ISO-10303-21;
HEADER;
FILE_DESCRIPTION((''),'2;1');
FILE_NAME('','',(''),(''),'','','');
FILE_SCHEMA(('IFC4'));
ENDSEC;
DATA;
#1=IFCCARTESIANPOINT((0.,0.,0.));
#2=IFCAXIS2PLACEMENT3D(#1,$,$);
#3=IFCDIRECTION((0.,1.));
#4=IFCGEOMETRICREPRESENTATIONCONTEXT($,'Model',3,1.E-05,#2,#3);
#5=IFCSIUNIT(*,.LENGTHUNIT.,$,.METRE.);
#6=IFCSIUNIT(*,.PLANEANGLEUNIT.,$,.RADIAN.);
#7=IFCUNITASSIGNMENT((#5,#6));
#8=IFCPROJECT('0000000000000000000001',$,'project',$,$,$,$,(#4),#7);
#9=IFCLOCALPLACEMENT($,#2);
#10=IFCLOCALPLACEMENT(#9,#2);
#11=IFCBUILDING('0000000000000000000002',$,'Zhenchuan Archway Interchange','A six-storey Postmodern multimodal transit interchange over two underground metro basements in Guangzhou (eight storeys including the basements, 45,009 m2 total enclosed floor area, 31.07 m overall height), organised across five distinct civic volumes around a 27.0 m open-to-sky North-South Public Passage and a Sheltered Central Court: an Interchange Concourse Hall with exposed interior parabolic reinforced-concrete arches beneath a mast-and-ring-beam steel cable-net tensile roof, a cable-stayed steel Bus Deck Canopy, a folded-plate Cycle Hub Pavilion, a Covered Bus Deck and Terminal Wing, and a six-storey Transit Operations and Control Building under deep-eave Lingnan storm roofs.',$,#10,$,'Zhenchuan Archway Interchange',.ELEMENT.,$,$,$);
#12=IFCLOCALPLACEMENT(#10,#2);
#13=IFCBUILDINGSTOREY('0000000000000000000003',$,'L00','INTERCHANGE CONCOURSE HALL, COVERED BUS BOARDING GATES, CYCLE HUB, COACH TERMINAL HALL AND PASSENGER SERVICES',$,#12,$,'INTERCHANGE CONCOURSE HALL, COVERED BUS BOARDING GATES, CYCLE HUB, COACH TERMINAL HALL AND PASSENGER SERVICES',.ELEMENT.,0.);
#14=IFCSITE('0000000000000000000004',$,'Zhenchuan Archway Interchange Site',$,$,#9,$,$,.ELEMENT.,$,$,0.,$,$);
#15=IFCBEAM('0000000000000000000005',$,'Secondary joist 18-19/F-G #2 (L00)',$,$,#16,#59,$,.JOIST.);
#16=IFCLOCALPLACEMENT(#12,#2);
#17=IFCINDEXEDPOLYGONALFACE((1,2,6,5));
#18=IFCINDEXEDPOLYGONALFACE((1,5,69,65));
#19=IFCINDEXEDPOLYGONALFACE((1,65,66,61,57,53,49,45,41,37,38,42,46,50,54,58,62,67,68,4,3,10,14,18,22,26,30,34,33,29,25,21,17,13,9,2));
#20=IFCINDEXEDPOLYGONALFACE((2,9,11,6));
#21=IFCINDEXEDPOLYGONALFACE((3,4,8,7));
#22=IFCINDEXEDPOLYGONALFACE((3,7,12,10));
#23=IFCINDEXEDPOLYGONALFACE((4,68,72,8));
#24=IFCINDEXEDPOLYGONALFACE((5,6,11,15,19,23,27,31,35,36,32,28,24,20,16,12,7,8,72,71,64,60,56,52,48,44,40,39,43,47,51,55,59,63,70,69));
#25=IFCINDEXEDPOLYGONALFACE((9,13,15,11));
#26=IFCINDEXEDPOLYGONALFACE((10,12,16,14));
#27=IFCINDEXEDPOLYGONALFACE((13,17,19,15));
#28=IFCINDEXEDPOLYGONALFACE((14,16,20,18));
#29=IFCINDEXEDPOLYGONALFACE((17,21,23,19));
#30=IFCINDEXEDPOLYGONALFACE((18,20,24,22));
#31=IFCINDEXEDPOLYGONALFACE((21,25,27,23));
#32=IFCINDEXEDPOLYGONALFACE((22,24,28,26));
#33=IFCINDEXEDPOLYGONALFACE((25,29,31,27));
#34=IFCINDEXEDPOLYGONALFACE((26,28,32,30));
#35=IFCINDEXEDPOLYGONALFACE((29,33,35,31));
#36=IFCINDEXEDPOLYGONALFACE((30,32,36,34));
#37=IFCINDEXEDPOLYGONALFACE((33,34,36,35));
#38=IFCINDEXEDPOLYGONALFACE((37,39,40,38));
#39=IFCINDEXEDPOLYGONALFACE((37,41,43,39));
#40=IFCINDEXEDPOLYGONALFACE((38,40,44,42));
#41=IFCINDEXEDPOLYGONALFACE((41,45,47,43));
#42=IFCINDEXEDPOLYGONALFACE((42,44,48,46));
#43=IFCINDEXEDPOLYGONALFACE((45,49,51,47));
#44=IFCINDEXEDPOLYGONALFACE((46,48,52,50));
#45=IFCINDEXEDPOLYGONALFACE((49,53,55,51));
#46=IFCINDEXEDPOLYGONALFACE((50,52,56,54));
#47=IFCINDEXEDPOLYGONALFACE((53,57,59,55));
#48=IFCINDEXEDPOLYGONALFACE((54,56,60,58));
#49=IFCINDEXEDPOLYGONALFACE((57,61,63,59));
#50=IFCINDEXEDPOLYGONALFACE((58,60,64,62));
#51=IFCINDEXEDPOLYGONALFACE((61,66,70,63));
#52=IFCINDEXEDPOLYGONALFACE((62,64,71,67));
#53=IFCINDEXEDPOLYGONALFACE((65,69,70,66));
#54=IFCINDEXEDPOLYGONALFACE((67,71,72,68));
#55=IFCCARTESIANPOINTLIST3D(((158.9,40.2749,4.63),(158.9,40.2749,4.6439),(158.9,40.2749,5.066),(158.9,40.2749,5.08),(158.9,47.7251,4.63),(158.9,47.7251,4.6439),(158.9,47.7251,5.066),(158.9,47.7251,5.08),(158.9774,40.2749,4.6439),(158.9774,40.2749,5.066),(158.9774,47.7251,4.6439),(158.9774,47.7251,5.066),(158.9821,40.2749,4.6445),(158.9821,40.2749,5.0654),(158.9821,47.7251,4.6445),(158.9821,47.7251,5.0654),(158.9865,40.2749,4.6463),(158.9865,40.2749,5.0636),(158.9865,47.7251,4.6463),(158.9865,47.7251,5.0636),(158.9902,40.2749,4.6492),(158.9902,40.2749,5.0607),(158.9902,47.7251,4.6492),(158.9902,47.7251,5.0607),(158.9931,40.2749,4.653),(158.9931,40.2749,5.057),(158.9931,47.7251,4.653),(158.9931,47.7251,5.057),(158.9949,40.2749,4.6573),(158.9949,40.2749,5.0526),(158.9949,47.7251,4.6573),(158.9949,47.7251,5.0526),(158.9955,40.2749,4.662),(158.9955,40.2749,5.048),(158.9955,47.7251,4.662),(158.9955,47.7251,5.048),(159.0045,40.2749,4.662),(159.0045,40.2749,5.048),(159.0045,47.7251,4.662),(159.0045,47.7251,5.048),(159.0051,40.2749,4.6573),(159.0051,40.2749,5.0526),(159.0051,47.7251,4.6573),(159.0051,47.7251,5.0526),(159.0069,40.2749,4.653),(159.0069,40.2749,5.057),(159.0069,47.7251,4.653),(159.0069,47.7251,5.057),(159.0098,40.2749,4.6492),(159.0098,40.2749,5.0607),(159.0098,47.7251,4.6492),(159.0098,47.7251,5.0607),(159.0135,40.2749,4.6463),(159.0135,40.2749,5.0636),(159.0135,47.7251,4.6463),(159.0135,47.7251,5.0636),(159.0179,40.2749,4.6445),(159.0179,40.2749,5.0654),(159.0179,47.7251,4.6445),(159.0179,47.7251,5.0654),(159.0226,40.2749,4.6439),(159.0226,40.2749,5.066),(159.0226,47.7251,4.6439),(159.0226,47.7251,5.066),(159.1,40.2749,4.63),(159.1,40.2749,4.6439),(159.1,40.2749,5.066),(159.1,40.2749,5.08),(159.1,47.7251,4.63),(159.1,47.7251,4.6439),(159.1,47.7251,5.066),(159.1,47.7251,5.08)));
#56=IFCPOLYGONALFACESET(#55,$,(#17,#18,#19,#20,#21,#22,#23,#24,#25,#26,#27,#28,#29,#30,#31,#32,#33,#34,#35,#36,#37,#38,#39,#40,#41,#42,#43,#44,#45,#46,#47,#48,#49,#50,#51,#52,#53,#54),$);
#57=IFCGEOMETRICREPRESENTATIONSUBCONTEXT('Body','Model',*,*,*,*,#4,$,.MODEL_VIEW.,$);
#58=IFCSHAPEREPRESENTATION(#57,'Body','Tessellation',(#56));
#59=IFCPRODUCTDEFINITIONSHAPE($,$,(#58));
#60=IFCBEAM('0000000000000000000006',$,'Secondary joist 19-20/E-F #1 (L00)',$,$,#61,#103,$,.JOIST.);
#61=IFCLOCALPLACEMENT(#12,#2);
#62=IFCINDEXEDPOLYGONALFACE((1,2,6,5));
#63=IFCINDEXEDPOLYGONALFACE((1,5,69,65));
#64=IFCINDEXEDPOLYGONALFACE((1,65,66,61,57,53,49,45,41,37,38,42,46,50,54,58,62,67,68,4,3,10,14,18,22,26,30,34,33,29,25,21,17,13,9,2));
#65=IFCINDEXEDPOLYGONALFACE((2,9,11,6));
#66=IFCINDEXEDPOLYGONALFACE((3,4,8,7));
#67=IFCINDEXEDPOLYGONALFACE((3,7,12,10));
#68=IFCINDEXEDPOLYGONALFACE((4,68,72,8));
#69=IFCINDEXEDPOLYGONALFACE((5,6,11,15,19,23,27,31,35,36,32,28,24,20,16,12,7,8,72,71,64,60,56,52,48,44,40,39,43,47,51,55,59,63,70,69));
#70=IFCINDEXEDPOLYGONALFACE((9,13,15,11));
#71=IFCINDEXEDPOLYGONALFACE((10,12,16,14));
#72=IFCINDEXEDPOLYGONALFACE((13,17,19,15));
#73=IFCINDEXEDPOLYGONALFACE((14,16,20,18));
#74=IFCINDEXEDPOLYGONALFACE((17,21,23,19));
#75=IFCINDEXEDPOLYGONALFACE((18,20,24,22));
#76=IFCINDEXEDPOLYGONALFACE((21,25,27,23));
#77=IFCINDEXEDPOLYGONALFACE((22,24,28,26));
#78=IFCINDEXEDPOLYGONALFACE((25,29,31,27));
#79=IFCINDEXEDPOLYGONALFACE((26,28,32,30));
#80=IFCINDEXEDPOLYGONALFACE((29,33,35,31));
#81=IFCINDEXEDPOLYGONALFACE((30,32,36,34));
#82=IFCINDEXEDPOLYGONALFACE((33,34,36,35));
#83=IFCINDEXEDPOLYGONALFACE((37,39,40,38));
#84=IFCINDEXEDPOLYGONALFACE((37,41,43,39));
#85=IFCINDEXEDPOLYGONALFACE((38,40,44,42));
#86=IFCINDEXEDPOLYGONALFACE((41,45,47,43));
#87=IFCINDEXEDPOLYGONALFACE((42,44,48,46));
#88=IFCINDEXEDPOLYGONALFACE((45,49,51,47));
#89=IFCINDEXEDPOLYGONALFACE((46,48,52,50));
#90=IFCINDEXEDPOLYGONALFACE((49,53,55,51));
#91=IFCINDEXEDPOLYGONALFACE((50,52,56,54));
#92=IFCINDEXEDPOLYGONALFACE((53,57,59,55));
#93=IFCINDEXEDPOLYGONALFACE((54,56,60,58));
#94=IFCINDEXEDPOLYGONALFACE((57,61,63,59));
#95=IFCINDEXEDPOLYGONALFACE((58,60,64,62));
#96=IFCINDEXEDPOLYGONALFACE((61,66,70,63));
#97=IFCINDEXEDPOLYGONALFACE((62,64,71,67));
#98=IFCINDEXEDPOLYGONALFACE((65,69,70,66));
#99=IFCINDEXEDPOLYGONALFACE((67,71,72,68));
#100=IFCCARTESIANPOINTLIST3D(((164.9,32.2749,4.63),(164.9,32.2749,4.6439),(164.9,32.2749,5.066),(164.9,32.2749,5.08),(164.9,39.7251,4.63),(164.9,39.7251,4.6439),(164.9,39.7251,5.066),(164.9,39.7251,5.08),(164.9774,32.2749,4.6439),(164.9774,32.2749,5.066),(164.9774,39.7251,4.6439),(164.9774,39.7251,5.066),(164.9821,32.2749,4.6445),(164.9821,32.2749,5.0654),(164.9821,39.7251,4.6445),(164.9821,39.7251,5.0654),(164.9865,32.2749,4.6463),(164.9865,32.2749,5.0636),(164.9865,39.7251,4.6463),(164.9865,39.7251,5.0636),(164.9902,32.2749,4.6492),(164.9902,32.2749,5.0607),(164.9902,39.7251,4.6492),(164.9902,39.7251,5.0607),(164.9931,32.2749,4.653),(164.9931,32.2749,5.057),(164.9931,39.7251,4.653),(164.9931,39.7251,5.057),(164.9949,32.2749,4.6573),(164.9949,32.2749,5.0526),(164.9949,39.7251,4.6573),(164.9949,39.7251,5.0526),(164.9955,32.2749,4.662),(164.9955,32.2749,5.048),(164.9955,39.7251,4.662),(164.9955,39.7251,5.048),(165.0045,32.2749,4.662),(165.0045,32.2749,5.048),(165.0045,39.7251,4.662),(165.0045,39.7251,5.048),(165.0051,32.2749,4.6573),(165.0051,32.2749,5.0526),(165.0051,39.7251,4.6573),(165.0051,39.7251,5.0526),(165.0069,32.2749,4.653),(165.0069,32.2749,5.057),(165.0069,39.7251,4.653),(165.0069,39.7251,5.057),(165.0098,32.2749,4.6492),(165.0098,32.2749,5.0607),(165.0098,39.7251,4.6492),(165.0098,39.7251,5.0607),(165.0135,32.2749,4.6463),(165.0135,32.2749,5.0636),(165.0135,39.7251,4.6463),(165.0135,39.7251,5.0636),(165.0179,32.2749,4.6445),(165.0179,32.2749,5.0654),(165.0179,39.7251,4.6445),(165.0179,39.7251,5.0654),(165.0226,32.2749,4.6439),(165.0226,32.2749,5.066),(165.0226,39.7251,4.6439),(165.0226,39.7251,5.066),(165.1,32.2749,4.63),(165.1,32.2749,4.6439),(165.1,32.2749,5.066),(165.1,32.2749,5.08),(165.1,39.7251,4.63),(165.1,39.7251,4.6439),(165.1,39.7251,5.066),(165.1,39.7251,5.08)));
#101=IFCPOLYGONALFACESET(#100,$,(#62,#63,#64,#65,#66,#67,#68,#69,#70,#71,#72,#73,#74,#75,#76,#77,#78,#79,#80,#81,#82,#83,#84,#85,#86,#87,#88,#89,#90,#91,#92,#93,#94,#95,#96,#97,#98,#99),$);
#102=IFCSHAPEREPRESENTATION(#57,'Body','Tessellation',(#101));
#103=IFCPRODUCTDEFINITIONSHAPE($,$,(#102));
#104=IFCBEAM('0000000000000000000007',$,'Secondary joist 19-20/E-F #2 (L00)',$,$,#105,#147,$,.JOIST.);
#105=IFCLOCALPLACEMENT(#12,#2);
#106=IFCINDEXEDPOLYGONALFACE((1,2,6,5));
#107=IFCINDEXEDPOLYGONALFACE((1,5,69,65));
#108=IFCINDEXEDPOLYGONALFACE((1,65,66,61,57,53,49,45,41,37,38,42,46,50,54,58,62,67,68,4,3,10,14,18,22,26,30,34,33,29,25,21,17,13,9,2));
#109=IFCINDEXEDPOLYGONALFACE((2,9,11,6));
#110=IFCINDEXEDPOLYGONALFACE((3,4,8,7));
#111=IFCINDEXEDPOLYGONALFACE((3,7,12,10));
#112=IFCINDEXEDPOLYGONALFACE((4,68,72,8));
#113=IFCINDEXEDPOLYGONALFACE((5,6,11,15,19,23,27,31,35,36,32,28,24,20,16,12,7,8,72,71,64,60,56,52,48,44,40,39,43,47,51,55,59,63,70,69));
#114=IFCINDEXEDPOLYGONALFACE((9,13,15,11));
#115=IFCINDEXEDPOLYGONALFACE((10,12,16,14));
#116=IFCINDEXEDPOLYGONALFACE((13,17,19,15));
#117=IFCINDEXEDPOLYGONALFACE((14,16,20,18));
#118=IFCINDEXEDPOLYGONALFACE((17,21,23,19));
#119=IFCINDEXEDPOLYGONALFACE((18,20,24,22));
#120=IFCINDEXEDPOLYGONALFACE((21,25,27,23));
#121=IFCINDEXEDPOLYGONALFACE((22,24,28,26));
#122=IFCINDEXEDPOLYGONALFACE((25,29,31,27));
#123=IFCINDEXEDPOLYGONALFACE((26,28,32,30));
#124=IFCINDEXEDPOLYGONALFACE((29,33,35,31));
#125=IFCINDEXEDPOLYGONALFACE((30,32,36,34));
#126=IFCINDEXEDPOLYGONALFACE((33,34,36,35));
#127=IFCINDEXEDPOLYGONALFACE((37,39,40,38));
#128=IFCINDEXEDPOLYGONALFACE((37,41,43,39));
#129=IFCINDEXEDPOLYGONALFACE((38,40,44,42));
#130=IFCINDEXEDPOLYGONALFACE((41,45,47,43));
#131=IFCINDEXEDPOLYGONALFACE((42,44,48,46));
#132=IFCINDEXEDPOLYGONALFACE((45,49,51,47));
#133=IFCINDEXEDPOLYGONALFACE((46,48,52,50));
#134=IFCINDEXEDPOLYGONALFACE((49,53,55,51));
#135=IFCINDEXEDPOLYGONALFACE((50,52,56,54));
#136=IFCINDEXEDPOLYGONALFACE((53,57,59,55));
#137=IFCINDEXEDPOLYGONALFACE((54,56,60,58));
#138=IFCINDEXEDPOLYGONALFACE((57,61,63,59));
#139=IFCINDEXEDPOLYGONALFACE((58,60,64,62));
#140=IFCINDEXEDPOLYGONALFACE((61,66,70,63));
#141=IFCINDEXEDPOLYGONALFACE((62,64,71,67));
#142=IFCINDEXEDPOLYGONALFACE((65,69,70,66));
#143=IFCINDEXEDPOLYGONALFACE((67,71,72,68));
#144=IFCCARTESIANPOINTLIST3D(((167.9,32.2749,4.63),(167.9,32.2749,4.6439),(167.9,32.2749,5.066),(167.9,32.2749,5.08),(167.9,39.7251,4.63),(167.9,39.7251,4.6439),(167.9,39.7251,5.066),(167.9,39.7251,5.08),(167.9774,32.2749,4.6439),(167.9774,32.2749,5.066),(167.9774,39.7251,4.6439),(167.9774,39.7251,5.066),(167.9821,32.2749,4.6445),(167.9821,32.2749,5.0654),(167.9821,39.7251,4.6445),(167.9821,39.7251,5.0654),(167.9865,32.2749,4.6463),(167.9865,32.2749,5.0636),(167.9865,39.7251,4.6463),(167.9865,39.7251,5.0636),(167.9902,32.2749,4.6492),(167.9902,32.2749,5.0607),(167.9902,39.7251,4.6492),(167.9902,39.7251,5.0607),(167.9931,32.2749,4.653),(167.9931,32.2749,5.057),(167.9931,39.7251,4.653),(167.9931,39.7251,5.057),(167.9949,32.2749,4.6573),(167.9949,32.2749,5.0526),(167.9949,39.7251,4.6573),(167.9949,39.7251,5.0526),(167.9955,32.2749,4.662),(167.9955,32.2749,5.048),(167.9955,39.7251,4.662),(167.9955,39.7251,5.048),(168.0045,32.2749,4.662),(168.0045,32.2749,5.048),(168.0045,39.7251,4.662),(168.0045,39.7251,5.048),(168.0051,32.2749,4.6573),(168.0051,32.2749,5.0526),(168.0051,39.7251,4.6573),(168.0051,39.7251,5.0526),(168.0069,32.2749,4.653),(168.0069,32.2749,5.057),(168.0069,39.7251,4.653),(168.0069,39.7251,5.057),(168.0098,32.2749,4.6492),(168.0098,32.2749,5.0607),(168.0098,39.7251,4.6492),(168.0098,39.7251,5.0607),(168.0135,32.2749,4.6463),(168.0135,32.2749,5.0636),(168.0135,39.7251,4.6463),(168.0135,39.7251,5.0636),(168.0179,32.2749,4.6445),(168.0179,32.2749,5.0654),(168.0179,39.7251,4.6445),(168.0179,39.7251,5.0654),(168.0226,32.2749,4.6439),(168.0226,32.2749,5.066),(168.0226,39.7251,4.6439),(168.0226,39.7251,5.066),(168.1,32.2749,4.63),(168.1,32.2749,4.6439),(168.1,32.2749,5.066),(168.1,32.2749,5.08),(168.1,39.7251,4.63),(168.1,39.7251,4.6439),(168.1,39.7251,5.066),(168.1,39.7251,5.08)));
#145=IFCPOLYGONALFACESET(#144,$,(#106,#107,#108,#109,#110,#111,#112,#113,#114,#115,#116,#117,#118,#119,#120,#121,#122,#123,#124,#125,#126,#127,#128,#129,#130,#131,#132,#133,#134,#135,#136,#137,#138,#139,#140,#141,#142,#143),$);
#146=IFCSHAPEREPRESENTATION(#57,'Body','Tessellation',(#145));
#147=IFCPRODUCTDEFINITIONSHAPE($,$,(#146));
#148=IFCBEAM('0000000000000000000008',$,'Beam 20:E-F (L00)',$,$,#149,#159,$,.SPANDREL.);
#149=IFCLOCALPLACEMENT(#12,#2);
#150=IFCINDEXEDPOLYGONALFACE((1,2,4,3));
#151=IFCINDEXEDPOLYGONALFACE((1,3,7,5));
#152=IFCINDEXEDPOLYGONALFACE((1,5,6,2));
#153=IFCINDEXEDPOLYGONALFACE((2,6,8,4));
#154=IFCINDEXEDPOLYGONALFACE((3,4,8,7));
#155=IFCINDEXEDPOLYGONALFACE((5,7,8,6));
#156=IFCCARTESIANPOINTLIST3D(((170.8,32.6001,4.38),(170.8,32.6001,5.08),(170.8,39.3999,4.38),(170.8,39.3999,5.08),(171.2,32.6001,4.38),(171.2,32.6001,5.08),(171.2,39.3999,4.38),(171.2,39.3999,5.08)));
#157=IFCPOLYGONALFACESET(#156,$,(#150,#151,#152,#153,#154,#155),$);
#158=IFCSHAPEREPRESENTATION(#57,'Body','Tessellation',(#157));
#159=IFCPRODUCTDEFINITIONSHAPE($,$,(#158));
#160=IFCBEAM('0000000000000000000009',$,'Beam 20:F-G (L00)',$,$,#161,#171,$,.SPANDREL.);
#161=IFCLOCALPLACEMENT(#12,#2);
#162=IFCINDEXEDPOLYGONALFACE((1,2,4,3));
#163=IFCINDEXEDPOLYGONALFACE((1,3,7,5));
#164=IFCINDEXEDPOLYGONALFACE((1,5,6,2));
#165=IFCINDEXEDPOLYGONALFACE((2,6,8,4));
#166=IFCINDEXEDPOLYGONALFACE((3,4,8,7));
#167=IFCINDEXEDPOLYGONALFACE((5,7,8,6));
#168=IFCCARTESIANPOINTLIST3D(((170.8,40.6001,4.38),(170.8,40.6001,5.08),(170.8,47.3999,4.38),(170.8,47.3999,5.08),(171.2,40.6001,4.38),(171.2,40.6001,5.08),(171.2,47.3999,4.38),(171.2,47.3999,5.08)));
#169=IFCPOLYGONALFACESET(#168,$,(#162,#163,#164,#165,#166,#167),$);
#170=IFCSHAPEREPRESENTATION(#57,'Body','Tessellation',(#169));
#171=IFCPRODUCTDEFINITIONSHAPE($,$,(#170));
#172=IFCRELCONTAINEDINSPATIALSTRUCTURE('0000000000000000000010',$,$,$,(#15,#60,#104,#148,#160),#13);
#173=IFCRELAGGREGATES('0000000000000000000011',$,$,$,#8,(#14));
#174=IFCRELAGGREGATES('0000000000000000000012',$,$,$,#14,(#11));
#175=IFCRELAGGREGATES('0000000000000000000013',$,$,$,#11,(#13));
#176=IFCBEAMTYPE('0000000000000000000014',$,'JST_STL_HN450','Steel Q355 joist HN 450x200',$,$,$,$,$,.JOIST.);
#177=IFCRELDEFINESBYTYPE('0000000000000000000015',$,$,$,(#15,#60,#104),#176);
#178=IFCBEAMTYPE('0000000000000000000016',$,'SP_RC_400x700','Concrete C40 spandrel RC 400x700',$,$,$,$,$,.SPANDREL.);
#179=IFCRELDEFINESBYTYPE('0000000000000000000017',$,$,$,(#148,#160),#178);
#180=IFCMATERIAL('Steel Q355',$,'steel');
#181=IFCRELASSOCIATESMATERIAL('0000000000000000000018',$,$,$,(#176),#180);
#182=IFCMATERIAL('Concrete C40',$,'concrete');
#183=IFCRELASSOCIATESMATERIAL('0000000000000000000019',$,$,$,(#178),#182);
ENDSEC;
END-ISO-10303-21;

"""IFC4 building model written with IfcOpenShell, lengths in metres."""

from ifc_helpers import new_model, si_unit, direction, frame, origin, origin_2d, place, context, subcontext, project, spatial, rectangle, i_section, extrude, material, material_profile, profile_set, type_object, element, save


model = new_model("IFC4")

# Units and contexts
model_context = context("Model", 3, precision=1e-05, world=origin(), true_north=direction((0.0, 1.0)))
body_context = subcontext(model_context, "Body", "Model", "MODEL_VIEW")
ifc_project = project(units=[si_unit("LENGTHUNIT", "METRE"), si_unit("PLANEANGLEUNIT", "RADIAN")], contexts=[model_context])

# Site, building, storey
site_placement = place(None, origin())
site = spatial("IfcSite", under=ifc_project, at=site_placement, Name="Zhenchuan Archway Interchange Site", CompositionType="ELEMENT", RefElevation=0.0)
building_placement = place(site_placement, origin())
building = spatial("IfcBuilding", under=site, at=building_placement, Name="Zhenchuan Archway Interchange", Description="A six-storey Postmodern multimodal transit interchange over two underground metro basements in Guangzhou (eight storeys including the basements, 45,009 m2 total enclosed floor area, 31.07 m overall height), organised across five distinct civic volumes around a 27.0 m open-to-sky North-South Public Passage and a Sheltered Central Court: an Interchange Concourse Hall with exposed interior parabolic reinforced-concrete arches beneath a mast-and-ring-beam steel cable-net tensile roof, a cable-stayed steel Bus Deck Canopy, a folded-plate Cycle Hub Pavilion, a Covered Bus Deck and Terminal Wing, and a six-storey Transit Operations and Control Building under deep-eave Lingnan storm roofs.", LongName="Zhenchuan Archway Interchange", CompositionType="ELEMENT")
storey_placement = place(building_placement, origin())
storey = spatial("IfcBuildingStorey", under=building, at=storey_placement, Name="L00", Description="INTERCHANGE CONCOURSE HALL, COVERED BUS BOARDING GATES, CYCLE HUB, COACH TERMINAL HALL AND PASSENGER SERVICES", LongName="INTERCHANGE CONCOURSE HALL, COVERED BUS BOARDING GATES, CYCLE HUB, COACH TERMINAL HALL AND PASSENGER SERVICES", CompositionType="ELEMENT", Elevation=0.0)

# Shared definitions
ifc_material_1 = material(Name="Concrete C40", Category="concrete")

# Beams
ifc_material_2 = material(Name="Steel Q355", Category="steel")
ifc_material_profile_1 = material_profile(ifc_material_2, i_section(OverallWidth=0.2, OverallDepth=0.45, WebThickness=0.009, FlangeThickness=0.0139, FilletRadius=0.0181, at=origin_2d()), Name="HN 450x200")
ifc_profile_set_1 = profile_set([ifc_material_profile_1], Name="Steel Q355")
beam_type_1 = type_object("IfcBeamType", Name="JST_STL_HN450", Description="Steel Q355 joist HN 450x200", PredefinedType="JOIST", material=ifc_profile_set_1)
for number, where, z_axis, x_axis, name in (
    (1, (159.0, 40.2749, 4.855), (0.0, 1.0, 0.0), (-1.0, 0.0, 0.0), "Secondary joist 18-19/F-G #2 (L00)"),
    (2, (165.0, 32.2749, 4.855), (0.0, 1.0, 0.0), (-1.0, 0.0, 0.0), "Secondary joist 19-20/E-F #1 (L00)"),
    (3, (168.0, 32.2749, 4.855), (0.0, 1.0, 0.0), (-1.0, 0.0, 0.0), "Secondary joist 19-20/E-F #2 (L00)"),
):
    element("IfcBeam", number, at=place(storey_placement, frame(where, z_axis=z_axis, x_axis=x_axis)), inside=storey, type_object=beam_type_1, Name=name, PredefinedType="JOIST", context=body_context, shape_type="SweptSolid", body=[
        extrude(i_section(OverallWidth=0.2, OverallDepth=0.45, WebThickness=0.009, FlangeThickness=0.0139, FilletRadius=0.0181, at=origin_2d()), origin(), (0.0, 0.0, 1.0), 7.4502),
    ])
ifc_material_profile_2 = material_profile(ifc_material_1, rectangle(XDim=0.3999, YDim=0.7, at=origin_2d()), Name="RC 400x700")
ifc_profile_set_2 = profile_set([ifc_material_profile_2], Name="Concrete C40")
beam_type_2 = type_object("IfcBeamType", Name="SP_RC_400x700", Description="Concrete C40 spandrel RC 400x700", PredefinedType="SPANDREL", material=ifc_profile_set_2)
for number, where, z_axis, x_axis, name in (
    (4, (171.0, 32.6001, 4.73), (0.0, 1.0, 0.0), (-1.0, 0.0, 0.0), "Beam 20:E-F (L00)"),
    (5, (171.0, 40.6001, 4.73), (0.0, 1.0, 0.0), (-1.0, 0.0, 0.0), "Beam 20:F-G (L00)"),
):
    element("IfcBeam", number, at=place(storey_placement, frame(where, z_axis=z_axis, x_axis=x_axis)), inside=storey, type_object=beam_type_2, Name=name, PredefinedType="SPANDREL", context=body_context, shape_type="SweptSolid", body=[
        extrude(rectangle(XDim=0.3999, YDim=0.7, at=origin_2d()), origin(), (0.0, 0.0, 1.0), 6.7998),
    ])

save(model, "model.ifc")
